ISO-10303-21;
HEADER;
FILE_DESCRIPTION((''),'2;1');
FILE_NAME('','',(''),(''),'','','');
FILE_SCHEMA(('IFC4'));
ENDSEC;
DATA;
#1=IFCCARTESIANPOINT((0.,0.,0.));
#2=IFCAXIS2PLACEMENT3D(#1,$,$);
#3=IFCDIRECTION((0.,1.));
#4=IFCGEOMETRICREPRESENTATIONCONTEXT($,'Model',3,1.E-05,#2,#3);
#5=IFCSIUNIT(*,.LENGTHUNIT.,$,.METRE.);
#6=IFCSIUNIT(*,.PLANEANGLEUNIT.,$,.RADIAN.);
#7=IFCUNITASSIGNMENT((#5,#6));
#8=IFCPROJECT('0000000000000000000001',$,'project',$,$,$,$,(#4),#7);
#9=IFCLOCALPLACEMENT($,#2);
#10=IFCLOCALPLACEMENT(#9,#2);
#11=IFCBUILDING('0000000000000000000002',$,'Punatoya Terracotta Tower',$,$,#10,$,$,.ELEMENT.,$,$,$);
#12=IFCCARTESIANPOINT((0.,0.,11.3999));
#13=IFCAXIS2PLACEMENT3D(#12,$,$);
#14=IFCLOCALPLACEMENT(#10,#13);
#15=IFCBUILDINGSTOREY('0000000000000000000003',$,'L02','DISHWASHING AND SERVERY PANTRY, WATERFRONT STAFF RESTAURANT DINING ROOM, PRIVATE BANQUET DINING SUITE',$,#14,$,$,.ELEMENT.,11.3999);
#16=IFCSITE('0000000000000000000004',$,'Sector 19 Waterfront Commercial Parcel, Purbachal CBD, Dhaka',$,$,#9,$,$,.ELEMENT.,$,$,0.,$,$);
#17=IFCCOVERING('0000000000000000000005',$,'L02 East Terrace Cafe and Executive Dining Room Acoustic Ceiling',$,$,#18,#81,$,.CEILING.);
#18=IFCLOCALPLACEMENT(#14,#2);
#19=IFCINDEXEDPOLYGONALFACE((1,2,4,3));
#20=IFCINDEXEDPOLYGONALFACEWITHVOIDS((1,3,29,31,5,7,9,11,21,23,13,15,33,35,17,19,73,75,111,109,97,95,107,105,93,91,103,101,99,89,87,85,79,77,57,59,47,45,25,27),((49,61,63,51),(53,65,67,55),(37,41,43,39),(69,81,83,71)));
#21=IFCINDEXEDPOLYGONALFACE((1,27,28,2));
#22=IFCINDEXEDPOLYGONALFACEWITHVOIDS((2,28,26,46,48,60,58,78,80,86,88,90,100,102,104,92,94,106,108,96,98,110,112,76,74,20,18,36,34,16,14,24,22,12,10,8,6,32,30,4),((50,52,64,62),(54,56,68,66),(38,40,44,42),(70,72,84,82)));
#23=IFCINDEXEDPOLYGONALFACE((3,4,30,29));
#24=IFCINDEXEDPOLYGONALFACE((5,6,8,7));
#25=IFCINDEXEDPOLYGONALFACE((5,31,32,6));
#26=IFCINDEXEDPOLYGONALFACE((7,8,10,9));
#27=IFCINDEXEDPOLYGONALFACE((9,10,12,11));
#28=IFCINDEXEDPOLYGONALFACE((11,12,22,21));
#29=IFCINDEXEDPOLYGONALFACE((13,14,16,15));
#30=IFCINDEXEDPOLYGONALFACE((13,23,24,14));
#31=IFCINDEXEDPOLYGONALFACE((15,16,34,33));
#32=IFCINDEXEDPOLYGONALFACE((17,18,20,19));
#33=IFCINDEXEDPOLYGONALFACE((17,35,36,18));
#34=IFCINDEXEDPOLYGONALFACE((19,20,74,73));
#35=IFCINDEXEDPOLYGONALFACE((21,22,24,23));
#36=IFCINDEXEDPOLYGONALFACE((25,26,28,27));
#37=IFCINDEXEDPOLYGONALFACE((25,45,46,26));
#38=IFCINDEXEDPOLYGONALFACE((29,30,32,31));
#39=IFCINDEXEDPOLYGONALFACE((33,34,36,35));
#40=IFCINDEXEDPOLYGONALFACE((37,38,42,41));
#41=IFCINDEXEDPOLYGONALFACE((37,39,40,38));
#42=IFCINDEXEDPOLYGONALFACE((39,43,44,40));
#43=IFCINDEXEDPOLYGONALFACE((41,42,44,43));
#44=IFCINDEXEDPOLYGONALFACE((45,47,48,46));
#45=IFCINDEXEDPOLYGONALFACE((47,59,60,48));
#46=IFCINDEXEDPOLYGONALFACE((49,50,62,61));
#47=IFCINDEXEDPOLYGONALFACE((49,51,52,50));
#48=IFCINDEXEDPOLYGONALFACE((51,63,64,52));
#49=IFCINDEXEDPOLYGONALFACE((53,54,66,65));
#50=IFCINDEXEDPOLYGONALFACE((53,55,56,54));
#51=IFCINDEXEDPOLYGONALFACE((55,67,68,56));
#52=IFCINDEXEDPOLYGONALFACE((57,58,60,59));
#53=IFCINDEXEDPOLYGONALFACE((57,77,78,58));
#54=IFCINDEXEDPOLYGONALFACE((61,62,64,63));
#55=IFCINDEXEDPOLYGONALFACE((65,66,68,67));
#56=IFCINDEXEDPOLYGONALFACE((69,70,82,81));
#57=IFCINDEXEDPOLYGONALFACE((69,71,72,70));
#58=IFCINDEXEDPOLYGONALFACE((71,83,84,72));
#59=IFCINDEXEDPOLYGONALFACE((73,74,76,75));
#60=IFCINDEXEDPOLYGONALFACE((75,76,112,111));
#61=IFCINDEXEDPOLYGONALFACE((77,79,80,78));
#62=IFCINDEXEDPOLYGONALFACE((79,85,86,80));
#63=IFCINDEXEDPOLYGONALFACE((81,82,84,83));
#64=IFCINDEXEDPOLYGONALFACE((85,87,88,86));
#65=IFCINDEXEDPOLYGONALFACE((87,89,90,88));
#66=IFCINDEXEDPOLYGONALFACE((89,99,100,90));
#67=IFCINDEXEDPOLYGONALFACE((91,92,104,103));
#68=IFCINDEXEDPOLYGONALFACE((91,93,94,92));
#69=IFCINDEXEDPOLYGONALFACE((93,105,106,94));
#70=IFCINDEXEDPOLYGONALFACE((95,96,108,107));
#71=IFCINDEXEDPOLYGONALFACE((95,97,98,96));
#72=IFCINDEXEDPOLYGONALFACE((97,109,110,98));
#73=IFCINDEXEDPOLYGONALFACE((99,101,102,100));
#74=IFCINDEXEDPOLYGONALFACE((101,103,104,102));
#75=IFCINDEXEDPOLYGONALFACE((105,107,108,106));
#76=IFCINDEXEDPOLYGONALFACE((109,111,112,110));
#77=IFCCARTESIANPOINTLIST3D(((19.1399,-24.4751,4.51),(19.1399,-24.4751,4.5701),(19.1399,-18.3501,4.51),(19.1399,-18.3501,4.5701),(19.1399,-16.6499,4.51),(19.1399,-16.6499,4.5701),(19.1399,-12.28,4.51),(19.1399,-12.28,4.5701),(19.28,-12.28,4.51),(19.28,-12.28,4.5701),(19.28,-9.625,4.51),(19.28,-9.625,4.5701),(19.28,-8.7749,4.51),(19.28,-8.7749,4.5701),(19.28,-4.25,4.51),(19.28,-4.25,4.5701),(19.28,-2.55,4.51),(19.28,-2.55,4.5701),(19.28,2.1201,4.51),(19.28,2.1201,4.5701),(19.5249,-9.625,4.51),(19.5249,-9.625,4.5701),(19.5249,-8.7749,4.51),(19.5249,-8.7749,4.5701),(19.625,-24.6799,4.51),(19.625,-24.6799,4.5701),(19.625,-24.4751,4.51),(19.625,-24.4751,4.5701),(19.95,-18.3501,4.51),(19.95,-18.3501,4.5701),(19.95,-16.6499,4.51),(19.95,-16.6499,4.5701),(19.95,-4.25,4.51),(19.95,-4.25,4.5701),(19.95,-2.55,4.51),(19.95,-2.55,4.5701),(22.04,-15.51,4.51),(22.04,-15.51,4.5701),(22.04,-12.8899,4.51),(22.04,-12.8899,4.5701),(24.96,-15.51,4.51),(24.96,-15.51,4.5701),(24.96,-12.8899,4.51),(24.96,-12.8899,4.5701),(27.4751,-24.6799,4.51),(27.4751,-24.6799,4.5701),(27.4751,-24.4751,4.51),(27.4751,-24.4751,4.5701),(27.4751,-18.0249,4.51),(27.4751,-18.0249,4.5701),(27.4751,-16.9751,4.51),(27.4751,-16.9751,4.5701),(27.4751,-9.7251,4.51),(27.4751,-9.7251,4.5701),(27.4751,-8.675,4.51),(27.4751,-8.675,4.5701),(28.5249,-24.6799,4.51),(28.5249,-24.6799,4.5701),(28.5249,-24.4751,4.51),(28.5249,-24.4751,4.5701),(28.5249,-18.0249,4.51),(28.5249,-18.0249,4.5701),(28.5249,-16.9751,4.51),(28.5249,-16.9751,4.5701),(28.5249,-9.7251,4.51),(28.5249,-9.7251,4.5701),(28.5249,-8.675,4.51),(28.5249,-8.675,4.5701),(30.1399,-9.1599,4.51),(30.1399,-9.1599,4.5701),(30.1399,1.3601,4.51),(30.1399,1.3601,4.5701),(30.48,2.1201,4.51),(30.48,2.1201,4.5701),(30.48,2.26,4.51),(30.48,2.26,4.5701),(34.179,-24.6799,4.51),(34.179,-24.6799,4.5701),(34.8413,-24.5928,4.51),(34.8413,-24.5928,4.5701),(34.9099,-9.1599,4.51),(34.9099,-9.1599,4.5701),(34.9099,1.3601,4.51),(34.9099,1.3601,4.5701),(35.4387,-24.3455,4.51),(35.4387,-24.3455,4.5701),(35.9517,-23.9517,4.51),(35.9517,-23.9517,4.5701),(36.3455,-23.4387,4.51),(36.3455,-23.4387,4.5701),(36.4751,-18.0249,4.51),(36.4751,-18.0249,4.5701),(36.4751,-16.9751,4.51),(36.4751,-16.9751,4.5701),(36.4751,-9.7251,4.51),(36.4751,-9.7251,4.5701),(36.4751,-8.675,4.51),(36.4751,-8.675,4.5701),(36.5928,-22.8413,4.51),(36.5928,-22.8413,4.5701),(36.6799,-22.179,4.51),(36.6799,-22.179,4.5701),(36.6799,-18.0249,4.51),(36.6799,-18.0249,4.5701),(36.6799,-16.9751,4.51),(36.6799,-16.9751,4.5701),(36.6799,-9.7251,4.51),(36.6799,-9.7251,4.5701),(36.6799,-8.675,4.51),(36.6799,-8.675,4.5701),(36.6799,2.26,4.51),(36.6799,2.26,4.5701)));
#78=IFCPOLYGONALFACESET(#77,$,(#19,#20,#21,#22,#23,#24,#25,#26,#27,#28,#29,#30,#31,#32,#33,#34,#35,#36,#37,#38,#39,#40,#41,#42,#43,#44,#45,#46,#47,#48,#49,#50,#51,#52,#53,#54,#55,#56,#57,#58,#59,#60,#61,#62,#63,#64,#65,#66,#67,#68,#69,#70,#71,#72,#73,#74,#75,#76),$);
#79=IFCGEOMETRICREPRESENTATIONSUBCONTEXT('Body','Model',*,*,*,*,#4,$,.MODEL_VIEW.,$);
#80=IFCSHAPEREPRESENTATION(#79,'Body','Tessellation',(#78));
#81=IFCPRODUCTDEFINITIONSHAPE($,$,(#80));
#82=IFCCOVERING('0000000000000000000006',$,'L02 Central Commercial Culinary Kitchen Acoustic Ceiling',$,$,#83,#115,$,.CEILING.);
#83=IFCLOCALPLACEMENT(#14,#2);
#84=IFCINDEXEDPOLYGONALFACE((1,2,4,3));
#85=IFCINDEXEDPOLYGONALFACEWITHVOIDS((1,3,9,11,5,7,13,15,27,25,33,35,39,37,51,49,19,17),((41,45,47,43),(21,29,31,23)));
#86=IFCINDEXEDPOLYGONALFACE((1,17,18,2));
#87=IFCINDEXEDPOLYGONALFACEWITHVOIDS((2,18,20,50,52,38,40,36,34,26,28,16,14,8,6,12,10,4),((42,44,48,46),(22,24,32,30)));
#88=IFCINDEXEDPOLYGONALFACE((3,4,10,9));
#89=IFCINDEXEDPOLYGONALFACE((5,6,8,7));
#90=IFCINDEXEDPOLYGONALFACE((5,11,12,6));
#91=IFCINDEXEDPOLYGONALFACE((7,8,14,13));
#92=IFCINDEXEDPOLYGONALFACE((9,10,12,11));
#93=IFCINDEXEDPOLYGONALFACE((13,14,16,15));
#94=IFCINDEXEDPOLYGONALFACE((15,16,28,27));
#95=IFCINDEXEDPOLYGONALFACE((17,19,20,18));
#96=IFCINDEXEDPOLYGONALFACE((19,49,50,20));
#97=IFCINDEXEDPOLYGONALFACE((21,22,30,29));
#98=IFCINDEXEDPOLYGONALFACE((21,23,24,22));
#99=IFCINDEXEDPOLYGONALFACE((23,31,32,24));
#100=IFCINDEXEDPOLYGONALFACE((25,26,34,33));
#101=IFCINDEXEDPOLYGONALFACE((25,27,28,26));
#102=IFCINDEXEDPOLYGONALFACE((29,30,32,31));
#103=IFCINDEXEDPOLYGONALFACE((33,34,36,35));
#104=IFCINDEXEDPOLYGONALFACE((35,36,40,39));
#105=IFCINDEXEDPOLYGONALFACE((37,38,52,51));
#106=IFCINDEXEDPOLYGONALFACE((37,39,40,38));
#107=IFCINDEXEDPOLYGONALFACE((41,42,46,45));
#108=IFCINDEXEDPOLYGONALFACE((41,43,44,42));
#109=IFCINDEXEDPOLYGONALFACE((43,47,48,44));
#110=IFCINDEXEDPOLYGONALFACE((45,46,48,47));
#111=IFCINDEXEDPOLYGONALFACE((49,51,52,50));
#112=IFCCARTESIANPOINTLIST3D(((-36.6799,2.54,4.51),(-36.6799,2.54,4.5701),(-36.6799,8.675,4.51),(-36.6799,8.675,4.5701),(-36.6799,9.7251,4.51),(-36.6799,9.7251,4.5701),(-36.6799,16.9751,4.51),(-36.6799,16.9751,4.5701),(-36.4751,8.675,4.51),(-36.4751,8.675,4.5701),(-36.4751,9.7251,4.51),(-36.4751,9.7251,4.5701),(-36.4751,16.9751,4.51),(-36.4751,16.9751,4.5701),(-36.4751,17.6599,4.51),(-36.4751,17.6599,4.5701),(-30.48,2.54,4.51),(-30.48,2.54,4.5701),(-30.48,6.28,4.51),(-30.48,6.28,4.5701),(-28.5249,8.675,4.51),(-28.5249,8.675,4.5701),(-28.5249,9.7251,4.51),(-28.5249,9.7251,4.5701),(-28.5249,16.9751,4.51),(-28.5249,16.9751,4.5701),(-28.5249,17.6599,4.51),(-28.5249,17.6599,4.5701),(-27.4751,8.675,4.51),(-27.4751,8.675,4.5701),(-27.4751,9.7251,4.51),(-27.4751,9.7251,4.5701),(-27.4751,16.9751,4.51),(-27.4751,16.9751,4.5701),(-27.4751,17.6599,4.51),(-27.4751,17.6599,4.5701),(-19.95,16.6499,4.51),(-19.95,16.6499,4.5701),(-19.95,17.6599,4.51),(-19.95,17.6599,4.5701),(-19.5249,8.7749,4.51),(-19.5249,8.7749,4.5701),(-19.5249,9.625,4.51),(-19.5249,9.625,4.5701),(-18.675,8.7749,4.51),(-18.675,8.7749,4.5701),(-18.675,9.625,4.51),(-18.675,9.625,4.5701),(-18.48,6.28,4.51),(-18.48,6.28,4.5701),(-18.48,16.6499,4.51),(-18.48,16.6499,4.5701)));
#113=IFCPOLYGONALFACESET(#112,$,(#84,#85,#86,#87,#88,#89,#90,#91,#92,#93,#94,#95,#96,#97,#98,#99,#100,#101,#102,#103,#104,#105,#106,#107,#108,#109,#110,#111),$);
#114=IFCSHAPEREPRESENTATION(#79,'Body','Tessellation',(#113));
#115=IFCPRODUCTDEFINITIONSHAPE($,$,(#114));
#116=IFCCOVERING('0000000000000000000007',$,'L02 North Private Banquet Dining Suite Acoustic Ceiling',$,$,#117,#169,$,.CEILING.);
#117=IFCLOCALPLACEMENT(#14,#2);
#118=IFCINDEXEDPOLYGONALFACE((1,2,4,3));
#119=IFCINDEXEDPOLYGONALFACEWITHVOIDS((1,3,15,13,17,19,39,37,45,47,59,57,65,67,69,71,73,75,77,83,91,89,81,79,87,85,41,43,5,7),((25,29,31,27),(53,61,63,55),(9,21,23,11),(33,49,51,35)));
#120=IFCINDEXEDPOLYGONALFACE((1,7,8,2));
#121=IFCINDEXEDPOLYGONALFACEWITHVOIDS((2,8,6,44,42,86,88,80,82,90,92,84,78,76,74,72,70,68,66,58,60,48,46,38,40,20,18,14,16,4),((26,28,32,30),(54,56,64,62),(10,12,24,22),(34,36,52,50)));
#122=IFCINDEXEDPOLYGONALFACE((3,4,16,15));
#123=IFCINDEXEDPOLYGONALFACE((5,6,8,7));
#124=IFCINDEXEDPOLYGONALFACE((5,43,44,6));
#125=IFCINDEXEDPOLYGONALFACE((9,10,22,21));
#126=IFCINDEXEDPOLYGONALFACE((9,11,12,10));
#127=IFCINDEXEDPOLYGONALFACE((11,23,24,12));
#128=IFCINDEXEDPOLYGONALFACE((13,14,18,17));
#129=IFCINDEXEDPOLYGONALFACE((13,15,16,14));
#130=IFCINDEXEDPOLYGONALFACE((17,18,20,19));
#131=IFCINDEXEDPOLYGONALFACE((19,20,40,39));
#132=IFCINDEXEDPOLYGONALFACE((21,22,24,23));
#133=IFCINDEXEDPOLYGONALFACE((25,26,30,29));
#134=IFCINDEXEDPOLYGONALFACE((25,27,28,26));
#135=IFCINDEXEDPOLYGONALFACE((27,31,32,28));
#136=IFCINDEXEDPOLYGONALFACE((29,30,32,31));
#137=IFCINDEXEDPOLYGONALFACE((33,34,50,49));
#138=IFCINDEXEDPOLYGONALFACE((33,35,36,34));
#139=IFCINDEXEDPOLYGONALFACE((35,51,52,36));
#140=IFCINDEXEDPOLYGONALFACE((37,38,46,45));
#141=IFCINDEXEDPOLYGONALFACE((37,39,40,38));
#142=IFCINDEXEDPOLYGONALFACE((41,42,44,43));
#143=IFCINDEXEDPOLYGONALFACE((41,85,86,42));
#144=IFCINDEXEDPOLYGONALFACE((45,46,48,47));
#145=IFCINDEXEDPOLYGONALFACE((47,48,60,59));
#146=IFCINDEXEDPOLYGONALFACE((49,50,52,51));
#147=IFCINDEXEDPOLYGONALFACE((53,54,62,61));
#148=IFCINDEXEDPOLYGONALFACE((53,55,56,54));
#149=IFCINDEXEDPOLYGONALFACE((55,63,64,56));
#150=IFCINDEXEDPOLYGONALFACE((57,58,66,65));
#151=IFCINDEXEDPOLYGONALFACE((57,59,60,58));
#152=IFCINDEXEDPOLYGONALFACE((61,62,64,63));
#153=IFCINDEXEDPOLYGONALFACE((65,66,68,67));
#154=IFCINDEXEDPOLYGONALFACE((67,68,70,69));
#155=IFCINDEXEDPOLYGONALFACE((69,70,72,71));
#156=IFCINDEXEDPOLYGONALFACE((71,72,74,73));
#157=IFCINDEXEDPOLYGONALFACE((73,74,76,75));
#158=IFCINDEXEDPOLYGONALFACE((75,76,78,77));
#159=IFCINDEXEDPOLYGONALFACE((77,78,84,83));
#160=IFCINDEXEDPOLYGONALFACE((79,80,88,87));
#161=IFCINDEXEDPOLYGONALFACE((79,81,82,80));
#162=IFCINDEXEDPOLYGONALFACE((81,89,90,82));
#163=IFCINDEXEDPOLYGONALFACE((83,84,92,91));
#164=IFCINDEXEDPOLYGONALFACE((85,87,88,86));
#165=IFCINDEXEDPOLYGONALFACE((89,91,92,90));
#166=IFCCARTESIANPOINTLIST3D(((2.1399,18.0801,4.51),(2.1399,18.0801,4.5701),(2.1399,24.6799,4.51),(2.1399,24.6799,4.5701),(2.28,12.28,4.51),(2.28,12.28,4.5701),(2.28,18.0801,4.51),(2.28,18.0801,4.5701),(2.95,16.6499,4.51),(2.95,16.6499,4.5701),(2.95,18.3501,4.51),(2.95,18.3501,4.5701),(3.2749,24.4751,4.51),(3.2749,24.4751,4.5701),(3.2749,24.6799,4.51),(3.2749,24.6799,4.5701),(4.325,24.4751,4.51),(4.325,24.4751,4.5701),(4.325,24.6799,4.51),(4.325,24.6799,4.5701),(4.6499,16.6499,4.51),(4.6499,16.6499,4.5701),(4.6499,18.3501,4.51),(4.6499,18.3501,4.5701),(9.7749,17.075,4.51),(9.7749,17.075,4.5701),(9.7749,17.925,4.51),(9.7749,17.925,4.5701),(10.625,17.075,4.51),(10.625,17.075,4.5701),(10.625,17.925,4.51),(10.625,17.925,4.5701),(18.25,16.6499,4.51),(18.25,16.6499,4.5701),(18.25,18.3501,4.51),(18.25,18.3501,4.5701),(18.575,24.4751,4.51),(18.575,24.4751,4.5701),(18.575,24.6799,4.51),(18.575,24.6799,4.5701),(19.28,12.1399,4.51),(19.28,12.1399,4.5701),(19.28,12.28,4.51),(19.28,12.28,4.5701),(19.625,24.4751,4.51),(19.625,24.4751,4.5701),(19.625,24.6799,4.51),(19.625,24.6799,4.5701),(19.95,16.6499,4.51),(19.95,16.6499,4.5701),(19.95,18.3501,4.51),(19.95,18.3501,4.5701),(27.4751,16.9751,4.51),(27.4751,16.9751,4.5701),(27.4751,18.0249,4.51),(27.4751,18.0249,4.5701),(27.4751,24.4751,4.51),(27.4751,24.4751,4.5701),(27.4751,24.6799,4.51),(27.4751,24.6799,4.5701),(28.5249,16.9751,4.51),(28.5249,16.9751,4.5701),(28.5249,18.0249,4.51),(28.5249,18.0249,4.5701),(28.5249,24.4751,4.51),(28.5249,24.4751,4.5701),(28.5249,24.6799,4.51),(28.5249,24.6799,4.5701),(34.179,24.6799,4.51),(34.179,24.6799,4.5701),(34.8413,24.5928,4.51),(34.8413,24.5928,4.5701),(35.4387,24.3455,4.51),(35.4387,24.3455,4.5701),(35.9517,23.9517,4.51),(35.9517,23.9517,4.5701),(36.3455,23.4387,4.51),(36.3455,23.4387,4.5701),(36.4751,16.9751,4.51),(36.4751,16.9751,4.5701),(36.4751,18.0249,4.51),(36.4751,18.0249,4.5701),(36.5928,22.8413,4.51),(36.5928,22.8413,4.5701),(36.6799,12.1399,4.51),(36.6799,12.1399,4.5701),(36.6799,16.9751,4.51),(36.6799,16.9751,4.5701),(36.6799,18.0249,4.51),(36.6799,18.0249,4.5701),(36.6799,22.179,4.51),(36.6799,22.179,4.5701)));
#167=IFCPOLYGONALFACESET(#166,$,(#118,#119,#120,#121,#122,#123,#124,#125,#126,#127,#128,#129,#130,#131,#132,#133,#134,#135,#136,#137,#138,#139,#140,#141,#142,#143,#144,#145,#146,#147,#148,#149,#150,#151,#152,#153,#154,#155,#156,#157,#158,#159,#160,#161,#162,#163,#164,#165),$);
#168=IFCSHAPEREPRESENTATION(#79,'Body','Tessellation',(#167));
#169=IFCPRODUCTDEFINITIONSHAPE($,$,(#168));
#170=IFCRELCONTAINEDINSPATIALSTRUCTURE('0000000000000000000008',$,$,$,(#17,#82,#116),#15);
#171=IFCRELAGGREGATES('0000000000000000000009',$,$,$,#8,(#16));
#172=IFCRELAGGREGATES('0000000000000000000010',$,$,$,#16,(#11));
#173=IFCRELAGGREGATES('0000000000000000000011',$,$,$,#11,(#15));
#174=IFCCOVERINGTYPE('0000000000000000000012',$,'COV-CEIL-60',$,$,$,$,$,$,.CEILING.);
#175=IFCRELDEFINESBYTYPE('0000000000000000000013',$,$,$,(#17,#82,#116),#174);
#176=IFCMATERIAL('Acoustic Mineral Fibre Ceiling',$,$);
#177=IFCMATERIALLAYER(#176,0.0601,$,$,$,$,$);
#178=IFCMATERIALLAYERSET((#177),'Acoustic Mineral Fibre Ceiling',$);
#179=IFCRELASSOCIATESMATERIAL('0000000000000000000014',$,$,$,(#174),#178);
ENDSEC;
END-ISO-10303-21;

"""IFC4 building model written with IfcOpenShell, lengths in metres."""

from ifc_helpers import new_model, si_unit, direction, frame, origin, place, context, subcontext, project, spatial, polyline, outline, extrude, material, layer, layer_set, type_object, element, save


model = new_model("IFC4")

# Units and contexts
model_context = context("Model", 3, precision=1e-05, world=origin(), true_north=direction((0.0, 1.0)))
body_context = subcontext(model_context, "Body", "Model", "MODEL_VIEW")
ifc_project = project(units=[si_unit("LENGTHUNIT", "METRE"), si_unit("PLANEANGLEUNIT", "RADIAN")], contexts=[model_context])

# Site, building, storey
site_placement = place(None, origin())
site = spatial("IfcSite", under=ifc_project, at=site_placement, Name="Sector 19 Waterfront Commercial Parcel, Purbachal CBD, Dhaka", CompositionType="ELEMENT", RefElevation=0.0)
building_placement = place(site_placement, origin())
building = spatial("IfcBuilding", under=site, at=building_placement, Name="Punatoya Terracotta Tower", CompositionType="ELEMENT")
storey_placement = place(building_placement, frame((0.0, 0.0, 11.3999)))
storey = spatial("IfcBuildingStorey", under=building, at=storey_placement, Name="L02", Description="DISHWASHING AND SERVERY PANTRY, WATERFRONT STAFF RESTAURANT DINING ROOM, PRIVATE BANQUET DINING SUITE", CompositionType="ELEMENT", Elevation=11.3999)

# Coverings
ifc_material_1 = material(Name="Acoustic Mineral Fibre Ceiling")
ifc_layer_1 = layer(ifc_material_1, 0.0601)
ifc_layer_set_1 = layer_set([ifc_layer_1], Name="Acoustic Mineral Fibre Ceiling")
covering_type_1 = type_object("IfcCoveringType", Name="COV-CEIL-60", PredefinedType="CEILING", material=ifc_layer_set_1)
covering_1_placement = place(storey_placement, frame((0.0, 0.0, 4.51)))
element("IfcCovering", 1, at=covering_1_placement, inside=storey, type_object=covering_type_1, Name="L02 East Terrace Cafe and Executive Dining Room Acoustic Ceiling", PredefinedType="CEILING", context=body_context, shape_type="SweptSolid", body=[
    extrude(outline(polyline([(36.4751, -9.7251), (36.4751, -8.675), (36.6799, -8.675), (36.6799, 2.26), (30.48, 2.26), (30.48, 2.1201), (19.28, 2.1201), (19.28, -2.55), (19.95, -2.55), (19.95, -4.25), (19.28, -4.25), (19.28, -8.7749), (19.5249, -8.7749), (19.5249, -9.625), (19.28, -9.625), (19.28, -12.28), (19.1399, -12.28), (19.1399, -16.6499), (19.95, -16.6499), (19.95, -18.3501), (19.1399, -18.3501), (19.1399, -24.4751), (19.625, -24.4751), (19.625, -24.6799), (27.4751, -24.6799), (27.4751, -24.4751), (28.5249, -24.4751), (28.5249, -24.6799), (34.179, -24.6799), (34.8413, -24.5928), (35.4387, -24.3455), (35.9517, -23.9517), (36.3455, -23.4387), (36.5928, -22.8413), (36.6799, -22.179), (36.6799, -18.0249), (36.4751, -18.0249), (36.4751, -16.9751), (36.6799, -16.9751), (36.6799, -9.7251), (36.4751, -9.7251)]), holes=[polyline([(34.9099, -9.1599), (30.1399, -9.1599), (30.1399, 1.3601), (34.9099, 1.3601), (34.9099, -9.1599)]), polyline([(28.5249, -16.9751), (28.5249, -18.0249), (27.4751, -18.0249), (27.4751, -16.9751), (28.5249, -16.9751)]), polyline([(28.5249, -8.675), (28.5249, -9.7251), (27.4751, -9.7251), (27.4751, -8.675), (28.5249, -8.675)]), polyline([(24.96, -12.8899), (24.96, -15.51), (22.04, -15.51), (22.04, -12.8899), (24.96, -12.8899)])]), origin(), (0.0, 0.0, 1.0), 0.0601),
])
covering_2_placement = place(storey_placement, frame((0.0, 0.0, 4.51)))
element("IfcCovering", 2, at=covering_2_placement, inside=storey, type_object=covering_type_1, Name="L02 Central Commercial Culinary Kitchen Acoustic Ceiling", PredefinedType="CEILING", context=body_context, shape_type="SweptSolid", body=[
    extrude(outline(polyline([(-36.4751, 17.6599), (-36.4751, 16.9751), (-36.6799, 16.9751), (-36.6799, 9.7251), (-36.4751, 9.7251), (-36.4751, 8.675), (-36.6799, 8.675), (-36.6799, 2.54), (-30.48, 2.54), (-30.48, 6.28), (-18.48, 6.28), (-18.48, 16.6499), (-19.95, 16.6499), (-19.95, 17.6599), (-27.4751, 17.6599), (-27.4751, 16.9751), (-28.5249, 16.9751), (-28.5249, 17.6599), (-36.4751, 17.6599)]), holes=[polyline([(-18.675, 9.625), (-18.675, 8.7749), (-19.5249, 8.7749), (-19.5249, 9.625), (-18.675, 9.625)]), polyline([(-28.5249, 9.7251), (-27.4751, 9.7251), (-27.4751, 8.675), (-28.5249, 8.675), (-28.5249, 9.7251)])]), origin(), (0.0, 0.0, 1.0), 0.0601),
])
covering_3_placement = place(storey_placement, frame((0.0, 0.0, 4.51)))
element("IfcCovering", 3, at=covering_3_placement, inside=storey, type_object=covering_type_1, Name="L02 North Private Banquet Dining Suite Acoustic Ceiling", PredefinedType="CEILING", context=body_context, shape_type="SweptSolid", body=[
    extrude(outline(polyline([(19.625, 24.4751), (18.575, 24.4751), (18.575, 24.6799), (4.325, 24.6799), (4.325, 24.4751), (3.2749, 24.4751), (3.2749, 24.6799), (2.1399, 24.6799), (2.1399, 18.0801), (2.28, 18.0801), (2.28, 12.28), (19.28, 12.28), (19.28, 12.1399), (36.6799, 12.1399), (36.6799, 16.9751), (36.4751, 16.9751), (36.4751, 18.0249), (36.6799, 18.0249), (36.6799, 22.179), (36.5928, 22.8413), (36.3455, 23.4387), (35.9517, 23.9517), (35.4387, 24.3455), (34.8413, 24.5928), (34.179, 24.6799), (28.5249, 24.6799), (28.5249, 24.4751), (27.4751, 24.4751), (27.4751, 24.6799), (19.625, 24.6799), (19.625, 24.4751)]), holes=[polyline([(28.5249, 18.0249), (28.5249, 16.9751), (27.4751, 16.9751), (27.4751, 18.0249), (28.5249, 18.0249)]), polyline([(19.95, 18.3501), (19.95, 16.6499), (18.25, 16.6499), (18.25, 18.3501), (19.95, 18.3501)]), polyline([(10.625, 17.075), (9.7749, 17.075), (9.7749, 17.925), (10.625, 17.925), (10.625, 17.075)]), polyline([(4.6499, 16.6499), (2.95, 16.6499), (2.95, 18.3501), (4.6499, 18.3501), (4.6499, 16.6499)])]), origin(), (0.0, 0.0, 1.0), 0.0601),
])

save(model, "model.ifc")
